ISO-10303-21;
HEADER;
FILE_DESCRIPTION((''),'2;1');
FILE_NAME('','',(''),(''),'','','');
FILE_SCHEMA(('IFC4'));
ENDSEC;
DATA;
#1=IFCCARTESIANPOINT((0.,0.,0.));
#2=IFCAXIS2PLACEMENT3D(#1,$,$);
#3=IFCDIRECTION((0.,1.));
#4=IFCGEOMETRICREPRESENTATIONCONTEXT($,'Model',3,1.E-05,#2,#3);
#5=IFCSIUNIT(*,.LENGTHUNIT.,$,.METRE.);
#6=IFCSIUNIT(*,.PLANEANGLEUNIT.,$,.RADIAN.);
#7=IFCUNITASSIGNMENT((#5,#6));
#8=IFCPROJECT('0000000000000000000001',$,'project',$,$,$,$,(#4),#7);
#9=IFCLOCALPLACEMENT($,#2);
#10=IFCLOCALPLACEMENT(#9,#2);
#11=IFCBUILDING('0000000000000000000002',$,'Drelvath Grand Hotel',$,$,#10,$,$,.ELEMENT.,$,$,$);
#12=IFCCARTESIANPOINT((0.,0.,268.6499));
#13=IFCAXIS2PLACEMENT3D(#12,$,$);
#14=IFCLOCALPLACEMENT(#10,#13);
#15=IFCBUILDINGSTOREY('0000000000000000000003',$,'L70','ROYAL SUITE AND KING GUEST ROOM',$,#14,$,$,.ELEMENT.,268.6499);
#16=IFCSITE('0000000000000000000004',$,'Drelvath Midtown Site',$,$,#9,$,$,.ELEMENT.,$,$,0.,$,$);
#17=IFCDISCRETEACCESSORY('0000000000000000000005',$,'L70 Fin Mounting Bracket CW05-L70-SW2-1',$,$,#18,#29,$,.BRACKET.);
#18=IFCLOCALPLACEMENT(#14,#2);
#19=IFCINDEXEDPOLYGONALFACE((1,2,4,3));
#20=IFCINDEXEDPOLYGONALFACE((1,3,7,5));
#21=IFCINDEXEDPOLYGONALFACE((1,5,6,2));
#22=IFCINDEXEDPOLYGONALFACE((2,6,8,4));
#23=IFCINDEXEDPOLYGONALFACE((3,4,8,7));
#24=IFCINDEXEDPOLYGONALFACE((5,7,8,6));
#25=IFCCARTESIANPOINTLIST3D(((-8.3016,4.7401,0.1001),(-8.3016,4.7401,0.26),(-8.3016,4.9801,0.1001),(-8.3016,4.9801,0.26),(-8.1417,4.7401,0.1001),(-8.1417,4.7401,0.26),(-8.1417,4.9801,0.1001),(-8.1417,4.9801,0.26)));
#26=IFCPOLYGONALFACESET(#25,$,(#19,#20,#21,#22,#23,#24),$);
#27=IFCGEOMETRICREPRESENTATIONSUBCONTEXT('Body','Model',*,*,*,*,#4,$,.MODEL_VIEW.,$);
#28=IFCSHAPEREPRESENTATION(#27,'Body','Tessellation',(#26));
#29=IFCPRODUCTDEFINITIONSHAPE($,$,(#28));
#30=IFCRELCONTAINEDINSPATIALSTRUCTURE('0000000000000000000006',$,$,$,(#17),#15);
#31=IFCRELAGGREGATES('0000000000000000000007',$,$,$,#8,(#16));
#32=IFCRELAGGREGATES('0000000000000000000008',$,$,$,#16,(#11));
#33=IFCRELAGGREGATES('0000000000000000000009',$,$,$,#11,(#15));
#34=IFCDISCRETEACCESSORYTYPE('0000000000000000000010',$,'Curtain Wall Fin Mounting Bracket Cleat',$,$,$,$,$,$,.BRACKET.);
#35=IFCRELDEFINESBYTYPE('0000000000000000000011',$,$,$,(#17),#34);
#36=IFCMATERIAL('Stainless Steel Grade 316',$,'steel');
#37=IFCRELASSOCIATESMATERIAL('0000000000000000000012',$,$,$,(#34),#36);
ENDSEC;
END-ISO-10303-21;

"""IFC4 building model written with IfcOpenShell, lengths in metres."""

from ifc_helpers import new_model, si_unit, direction, frame, origin, origin_2d, place, context, subcontext, project, spatial, rectangle, extrude, material, type_object, element, save


model = new_model("IFC4")

# Units and contexts
model_context = context("Model", 3, precision=1e-05, world=origin(), true_north=direction((0.0, 1.0)))
body_context = subcontext(model_context, "Body", "Model", "MODEL_VIEW")
ifc_project = project(units=[si_unit("LENGTHUNIT", "METRE"), si_unit("PLANEANGLEUNIT", "RADIAN")], contexts=[model_context])

# Site, building, storey
site_placement = place(None, origin())
site = spatial("IfcSite", under=ifc_project, at=site_placement, Name="Drelvath Midtown Site", CompositionType="ELEMENT", RefElevation=0.0)
building_placement = place(site_placement, origin())
building = spatial("IfcBuilding", under=site, at=building_placement, Name="Drelvath Grand Hotel", CompositionType="ELEMENT")
storey_placement = place(building_placement, frame((0.0, 0.0, 268.6499)))
storey = spatial("IfcBuildingStorey", under=building, at=storey_placement, Name="L70", Description="ROYAL SUITE AND KING GUEST ROOM", CompositionType="ELEMENT", Elevation=268.6499)

# Discrete accessory
ifc_material_1 = material(Name="Stainless Steel Grade 316", Category="steel")
discrete_accessory_type = type_object("IfcDiscreteAccessoryType", Name="Curtain Wall Fin Mounting Bracket Cleat", PredefinedType="BRACKET", material=ifc_material_1)
discrete_accessory_placement = place(storey_placement, frame((-8.2217, 4.8601, 0.1001), z_axis=(0.0, 0.0, 1.0), x_axis=(-1.0, 0.0, 0.0)))
element("IfcDiscreteAccessory", 1, at=discrete_accessory_placement, inside=storey, type_object=discrete_accessory_type, Name="L70 Fin Mounting Bracket CW05-L70-SW2-1", PredefinedType="BRACKET", context=body_context, shape_type="SweptSolid", body=[
    extrude(rectangle(XDim=0.1599, YDim=0.24, at=origin_2d()), origin(), (0.0, 0.0, 1.0), 0.1599),
])

save(model, "model.ifc")
